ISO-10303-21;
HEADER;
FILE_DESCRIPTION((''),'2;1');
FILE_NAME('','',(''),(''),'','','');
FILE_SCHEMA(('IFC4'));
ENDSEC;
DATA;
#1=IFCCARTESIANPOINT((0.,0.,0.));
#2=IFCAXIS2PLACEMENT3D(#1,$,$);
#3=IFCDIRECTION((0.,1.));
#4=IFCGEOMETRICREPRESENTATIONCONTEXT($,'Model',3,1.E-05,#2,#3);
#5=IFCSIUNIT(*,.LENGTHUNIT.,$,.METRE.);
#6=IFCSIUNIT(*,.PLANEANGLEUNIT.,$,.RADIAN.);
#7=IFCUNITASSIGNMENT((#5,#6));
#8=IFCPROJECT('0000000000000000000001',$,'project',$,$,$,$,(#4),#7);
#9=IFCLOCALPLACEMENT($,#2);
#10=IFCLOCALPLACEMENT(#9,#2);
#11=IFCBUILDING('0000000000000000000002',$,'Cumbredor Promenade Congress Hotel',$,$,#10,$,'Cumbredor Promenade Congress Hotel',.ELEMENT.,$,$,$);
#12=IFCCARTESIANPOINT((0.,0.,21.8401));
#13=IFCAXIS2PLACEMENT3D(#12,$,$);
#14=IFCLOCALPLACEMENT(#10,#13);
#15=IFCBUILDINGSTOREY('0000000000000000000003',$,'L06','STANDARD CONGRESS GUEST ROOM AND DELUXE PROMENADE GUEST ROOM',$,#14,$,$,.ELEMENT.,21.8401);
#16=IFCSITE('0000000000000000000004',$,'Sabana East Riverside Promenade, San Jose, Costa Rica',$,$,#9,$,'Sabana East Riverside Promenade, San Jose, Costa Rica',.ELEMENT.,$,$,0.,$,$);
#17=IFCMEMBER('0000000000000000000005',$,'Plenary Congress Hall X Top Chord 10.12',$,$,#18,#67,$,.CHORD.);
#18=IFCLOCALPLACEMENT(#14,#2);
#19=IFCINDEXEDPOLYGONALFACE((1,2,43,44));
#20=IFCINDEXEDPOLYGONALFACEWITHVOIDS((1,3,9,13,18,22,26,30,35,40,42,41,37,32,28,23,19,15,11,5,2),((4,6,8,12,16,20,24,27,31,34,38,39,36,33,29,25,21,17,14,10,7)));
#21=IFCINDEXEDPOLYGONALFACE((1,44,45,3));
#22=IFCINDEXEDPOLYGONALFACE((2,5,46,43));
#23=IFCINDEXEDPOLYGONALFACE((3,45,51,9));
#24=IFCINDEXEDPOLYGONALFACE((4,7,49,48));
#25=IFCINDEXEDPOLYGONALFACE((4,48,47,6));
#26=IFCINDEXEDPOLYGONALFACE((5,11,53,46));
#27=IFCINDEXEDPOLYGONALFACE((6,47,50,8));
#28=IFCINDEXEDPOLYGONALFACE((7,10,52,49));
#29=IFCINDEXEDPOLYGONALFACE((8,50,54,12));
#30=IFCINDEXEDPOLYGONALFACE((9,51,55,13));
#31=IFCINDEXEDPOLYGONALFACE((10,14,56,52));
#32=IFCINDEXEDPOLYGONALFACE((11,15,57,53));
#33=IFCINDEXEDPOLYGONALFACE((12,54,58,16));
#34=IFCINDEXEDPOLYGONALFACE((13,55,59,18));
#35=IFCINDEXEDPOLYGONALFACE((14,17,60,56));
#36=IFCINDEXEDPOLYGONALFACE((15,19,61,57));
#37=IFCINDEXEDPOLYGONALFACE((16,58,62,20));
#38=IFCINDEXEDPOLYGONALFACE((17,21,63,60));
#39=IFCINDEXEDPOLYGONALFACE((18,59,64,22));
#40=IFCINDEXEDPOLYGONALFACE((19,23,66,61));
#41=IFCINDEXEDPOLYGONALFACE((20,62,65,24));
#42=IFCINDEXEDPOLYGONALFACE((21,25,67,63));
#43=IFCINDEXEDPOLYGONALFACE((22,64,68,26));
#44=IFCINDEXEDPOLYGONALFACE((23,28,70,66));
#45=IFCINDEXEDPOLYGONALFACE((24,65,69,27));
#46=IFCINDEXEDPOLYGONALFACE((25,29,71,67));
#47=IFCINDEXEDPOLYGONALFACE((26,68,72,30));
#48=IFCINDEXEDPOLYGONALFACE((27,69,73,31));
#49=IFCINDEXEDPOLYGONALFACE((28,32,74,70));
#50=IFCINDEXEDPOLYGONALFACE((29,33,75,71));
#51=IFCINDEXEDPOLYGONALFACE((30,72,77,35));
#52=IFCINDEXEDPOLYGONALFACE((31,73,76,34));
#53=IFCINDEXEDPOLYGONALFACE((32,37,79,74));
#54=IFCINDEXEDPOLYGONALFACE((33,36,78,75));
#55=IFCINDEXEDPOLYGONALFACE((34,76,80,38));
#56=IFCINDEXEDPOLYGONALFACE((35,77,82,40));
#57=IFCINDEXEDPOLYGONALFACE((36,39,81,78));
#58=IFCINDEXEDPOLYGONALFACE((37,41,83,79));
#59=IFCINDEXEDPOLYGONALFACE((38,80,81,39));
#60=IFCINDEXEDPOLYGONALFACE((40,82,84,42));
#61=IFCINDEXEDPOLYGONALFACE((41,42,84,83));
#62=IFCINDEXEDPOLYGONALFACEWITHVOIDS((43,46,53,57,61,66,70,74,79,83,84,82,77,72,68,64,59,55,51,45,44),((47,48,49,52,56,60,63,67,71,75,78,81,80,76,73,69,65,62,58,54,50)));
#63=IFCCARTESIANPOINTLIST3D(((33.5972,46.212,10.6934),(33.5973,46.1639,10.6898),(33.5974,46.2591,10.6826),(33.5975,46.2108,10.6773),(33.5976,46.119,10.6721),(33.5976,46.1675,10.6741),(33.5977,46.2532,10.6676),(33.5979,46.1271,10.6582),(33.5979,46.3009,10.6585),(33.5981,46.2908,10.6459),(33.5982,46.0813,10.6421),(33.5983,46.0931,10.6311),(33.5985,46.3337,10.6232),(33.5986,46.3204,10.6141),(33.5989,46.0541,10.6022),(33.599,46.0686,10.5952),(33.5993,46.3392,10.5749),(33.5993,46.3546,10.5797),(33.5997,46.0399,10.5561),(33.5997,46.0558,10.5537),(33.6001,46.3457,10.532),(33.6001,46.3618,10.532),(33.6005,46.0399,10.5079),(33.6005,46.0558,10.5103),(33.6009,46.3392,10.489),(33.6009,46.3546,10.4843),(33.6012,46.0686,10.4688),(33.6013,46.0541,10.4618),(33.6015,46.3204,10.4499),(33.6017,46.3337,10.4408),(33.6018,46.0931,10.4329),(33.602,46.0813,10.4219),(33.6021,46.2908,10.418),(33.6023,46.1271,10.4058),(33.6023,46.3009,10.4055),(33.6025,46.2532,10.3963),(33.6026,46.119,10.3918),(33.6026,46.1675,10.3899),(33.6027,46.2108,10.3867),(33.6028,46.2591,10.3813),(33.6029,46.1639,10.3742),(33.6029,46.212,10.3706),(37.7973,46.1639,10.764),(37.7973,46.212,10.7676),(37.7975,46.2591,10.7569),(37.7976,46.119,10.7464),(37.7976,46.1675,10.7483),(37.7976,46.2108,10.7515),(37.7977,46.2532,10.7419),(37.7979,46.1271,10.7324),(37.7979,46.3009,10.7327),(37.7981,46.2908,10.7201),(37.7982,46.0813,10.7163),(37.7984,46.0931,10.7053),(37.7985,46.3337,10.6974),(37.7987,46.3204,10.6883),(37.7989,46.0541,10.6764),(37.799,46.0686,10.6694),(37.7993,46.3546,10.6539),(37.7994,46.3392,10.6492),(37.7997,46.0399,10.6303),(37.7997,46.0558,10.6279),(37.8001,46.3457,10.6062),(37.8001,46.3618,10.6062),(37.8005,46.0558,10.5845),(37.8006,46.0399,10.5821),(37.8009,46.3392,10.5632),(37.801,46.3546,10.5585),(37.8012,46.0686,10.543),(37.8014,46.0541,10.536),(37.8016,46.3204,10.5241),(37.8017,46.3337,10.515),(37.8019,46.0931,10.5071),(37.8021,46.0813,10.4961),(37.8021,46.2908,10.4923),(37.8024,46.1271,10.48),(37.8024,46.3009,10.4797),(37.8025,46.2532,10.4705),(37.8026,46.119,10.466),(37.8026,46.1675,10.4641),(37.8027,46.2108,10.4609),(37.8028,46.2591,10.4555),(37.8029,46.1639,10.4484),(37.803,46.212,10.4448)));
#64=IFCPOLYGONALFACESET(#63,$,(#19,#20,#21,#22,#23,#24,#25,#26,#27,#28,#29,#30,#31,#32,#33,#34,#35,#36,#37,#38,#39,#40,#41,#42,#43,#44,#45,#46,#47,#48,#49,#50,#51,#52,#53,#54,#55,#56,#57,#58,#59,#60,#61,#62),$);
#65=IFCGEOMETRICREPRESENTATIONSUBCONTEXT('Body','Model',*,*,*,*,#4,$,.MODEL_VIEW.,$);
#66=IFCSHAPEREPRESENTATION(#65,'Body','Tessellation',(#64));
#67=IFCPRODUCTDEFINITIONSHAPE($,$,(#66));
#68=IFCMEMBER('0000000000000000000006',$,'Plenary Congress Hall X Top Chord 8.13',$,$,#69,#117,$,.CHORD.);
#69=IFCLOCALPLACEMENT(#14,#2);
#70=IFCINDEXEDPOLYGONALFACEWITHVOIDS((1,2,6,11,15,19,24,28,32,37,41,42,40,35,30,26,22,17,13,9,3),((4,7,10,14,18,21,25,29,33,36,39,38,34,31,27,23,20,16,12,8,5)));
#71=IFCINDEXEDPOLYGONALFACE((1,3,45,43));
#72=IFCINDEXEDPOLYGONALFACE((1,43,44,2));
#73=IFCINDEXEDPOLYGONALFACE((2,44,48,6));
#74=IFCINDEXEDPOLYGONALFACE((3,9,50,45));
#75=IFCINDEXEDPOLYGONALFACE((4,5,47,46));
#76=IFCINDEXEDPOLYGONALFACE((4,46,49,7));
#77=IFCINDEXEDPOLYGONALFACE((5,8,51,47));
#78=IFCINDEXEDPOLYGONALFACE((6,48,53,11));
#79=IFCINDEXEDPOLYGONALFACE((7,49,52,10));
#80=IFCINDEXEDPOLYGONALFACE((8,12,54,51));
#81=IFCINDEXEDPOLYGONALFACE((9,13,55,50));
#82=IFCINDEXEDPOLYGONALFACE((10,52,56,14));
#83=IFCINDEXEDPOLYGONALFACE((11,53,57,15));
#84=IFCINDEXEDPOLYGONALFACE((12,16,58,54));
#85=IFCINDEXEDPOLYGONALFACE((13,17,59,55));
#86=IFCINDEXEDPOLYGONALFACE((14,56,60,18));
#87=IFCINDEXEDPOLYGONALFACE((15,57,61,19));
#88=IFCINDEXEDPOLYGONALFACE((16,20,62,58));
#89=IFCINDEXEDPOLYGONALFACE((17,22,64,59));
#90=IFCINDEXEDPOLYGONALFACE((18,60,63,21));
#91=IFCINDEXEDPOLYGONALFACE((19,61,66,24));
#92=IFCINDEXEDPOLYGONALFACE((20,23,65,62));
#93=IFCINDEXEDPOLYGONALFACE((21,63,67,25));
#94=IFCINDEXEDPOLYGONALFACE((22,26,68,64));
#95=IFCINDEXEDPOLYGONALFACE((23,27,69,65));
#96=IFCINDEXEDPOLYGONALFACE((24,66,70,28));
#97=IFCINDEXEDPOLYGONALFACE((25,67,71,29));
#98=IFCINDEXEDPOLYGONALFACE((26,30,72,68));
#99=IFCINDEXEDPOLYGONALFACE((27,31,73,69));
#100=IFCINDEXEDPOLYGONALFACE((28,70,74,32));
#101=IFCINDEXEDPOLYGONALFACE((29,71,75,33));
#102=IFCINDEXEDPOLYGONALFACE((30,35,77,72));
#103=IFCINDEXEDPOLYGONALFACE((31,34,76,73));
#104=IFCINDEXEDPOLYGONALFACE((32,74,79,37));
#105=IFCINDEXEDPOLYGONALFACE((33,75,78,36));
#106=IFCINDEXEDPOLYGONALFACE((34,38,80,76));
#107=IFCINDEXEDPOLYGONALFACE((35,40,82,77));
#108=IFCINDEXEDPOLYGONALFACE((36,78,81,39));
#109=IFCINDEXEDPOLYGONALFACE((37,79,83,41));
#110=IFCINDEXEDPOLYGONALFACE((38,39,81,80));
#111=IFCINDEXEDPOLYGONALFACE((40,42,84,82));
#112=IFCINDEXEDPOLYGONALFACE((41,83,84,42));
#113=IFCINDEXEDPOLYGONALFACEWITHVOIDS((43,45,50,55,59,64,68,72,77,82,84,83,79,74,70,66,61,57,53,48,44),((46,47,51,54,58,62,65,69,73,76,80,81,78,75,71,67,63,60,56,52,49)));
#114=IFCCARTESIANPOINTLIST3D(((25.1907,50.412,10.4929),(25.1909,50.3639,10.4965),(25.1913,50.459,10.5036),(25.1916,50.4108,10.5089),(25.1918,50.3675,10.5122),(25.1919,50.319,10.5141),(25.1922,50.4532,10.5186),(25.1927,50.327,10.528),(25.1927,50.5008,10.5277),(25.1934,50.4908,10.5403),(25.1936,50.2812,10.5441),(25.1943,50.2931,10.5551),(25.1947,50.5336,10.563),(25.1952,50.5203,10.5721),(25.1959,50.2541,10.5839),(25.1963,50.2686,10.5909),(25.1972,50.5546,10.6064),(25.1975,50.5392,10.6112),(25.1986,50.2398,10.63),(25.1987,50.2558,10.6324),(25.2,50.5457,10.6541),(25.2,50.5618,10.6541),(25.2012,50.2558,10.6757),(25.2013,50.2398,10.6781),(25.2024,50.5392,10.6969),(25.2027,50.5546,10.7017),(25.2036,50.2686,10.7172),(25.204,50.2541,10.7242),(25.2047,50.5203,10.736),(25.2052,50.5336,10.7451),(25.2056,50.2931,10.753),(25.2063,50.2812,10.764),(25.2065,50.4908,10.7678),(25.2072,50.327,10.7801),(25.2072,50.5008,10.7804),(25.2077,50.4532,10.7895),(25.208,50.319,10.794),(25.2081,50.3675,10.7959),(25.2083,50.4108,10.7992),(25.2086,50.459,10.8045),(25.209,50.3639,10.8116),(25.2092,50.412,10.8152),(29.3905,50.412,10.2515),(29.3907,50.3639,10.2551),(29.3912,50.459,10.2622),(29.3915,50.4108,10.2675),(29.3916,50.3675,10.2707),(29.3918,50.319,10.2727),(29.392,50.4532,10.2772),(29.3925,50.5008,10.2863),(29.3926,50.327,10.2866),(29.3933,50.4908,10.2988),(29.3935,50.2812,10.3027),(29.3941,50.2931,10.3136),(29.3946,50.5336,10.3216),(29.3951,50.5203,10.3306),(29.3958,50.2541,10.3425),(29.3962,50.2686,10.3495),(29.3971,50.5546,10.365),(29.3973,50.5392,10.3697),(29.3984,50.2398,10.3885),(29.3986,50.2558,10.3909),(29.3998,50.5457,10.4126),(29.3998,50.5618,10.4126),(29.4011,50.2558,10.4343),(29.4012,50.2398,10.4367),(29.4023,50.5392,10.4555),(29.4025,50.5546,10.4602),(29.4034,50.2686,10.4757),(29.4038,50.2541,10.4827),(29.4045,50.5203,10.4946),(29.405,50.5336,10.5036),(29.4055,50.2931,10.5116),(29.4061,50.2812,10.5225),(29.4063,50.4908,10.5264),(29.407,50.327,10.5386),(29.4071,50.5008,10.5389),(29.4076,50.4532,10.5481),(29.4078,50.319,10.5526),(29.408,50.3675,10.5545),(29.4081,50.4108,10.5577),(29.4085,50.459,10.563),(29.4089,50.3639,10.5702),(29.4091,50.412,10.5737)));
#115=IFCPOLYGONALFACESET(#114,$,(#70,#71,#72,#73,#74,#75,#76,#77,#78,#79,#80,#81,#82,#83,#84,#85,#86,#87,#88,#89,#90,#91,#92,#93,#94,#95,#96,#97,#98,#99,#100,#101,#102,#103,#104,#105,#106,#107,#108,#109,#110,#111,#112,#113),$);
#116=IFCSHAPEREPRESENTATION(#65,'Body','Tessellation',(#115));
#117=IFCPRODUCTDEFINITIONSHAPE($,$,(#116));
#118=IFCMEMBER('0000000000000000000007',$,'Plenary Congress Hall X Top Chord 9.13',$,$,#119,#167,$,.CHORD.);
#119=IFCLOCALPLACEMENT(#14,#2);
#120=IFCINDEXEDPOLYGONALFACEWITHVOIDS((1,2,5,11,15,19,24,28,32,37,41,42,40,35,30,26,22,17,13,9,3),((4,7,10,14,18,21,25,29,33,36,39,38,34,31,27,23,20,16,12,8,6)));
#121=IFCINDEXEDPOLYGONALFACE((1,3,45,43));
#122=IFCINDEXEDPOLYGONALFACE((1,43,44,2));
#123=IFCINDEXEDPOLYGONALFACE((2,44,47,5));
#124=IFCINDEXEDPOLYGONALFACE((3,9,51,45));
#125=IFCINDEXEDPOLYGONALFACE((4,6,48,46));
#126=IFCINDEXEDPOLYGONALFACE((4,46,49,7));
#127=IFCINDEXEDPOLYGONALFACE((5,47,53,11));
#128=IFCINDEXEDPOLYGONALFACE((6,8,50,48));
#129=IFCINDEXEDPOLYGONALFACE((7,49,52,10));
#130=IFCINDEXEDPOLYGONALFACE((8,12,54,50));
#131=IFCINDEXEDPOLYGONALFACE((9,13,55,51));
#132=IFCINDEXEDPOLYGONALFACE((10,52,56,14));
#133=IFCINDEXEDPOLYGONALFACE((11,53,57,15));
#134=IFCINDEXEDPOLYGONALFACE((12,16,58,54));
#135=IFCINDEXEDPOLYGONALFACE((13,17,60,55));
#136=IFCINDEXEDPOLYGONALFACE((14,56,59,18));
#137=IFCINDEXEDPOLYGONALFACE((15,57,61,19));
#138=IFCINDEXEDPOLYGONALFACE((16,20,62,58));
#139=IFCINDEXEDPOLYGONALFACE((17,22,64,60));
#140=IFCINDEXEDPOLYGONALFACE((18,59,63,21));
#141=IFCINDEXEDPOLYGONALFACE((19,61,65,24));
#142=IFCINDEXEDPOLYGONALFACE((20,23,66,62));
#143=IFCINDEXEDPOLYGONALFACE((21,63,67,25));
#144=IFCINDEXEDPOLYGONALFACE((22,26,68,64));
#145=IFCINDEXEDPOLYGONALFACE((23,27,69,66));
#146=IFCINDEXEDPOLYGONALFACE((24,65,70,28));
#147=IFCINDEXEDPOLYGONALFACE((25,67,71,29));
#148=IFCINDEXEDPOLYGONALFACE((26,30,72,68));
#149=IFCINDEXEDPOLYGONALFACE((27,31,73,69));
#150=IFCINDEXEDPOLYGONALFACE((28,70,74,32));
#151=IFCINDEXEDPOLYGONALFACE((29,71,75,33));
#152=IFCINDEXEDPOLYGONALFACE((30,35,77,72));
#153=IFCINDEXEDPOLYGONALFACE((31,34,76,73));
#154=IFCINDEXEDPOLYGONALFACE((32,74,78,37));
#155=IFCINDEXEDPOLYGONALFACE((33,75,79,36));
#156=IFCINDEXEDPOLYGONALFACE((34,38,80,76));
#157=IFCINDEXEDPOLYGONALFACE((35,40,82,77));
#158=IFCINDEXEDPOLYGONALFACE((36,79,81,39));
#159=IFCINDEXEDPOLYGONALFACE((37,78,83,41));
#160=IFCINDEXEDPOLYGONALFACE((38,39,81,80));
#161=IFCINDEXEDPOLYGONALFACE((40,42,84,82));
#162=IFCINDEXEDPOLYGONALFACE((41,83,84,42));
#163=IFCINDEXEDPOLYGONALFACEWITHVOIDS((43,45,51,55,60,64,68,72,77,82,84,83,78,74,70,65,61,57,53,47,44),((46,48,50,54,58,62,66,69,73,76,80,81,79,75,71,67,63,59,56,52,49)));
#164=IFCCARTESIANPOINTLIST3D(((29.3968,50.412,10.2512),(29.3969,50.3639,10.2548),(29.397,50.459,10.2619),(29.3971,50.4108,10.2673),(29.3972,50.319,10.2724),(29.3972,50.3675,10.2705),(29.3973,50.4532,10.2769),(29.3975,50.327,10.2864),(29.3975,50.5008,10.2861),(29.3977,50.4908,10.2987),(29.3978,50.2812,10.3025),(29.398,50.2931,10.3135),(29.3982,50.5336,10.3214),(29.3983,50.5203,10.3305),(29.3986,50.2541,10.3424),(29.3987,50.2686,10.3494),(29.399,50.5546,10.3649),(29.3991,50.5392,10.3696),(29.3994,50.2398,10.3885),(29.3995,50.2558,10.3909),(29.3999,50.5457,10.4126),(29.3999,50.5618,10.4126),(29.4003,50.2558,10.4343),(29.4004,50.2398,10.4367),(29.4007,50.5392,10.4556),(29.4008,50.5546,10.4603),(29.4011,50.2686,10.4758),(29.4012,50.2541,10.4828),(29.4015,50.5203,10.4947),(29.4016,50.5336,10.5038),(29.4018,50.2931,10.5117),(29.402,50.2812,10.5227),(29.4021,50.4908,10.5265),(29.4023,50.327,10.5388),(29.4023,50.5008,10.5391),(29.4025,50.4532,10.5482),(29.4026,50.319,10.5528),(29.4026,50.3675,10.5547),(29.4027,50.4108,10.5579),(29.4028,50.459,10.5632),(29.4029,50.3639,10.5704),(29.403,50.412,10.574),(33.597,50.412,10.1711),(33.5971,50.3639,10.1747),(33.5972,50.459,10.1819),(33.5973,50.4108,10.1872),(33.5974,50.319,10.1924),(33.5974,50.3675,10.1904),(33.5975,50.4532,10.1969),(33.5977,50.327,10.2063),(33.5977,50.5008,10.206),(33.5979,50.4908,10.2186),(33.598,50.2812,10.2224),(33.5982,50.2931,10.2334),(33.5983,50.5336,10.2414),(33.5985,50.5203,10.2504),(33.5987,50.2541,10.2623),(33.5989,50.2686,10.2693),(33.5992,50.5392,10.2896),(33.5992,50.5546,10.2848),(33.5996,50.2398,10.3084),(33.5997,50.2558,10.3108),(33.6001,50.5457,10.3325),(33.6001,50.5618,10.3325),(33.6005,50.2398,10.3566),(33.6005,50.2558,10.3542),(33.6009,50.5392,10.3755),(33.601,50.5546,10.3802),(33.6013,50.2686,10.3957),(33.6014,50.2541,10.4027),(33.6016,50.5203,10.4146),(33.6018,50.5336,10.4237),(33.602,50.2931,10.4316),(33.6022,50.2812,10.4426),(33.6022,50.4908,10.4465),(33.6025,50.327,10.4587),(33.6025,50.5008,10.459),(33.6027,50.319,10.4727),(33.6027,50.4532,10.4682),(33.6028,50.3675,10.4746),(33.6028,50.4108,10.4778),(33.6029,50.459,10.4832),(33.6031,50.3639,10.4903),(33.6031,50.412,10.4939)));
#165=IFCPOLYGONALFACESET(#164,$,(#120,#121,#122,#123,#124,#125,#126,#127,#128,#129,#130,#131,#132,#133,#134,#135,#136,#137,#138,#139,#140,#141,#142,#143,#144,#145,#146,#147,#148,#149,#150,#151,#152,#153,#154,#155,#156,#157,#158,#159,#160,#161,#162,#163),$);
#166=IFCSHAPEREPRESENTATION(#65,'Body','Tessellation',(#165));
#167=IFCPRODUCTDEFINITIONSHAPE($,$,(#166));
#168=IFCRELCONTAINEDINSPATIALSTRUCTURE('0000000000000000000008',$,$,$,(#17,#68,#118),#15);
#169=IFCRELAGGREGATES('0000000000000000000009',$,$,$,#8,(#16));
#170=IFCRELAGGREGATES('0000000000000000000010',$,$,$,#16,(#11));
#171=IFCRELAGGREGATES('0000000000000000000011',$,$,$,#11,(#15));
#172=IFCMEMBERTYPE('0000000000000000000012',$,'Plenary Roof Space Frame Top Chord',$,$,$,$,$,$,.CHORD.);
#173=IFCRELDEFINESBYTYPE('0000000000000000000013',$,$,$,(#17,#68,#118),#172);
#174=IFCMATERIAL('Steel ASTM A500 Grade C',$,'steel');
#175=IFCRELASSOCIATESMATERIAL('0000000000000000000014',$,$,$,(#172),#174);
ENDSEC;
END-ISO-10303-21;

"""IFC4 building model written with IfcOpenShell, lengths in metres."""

from ifc_helpers import new_model, si_unit, direction, frame, origin, origin_2d, place, context, subcontext, project, spatial, hollow_circle, extrude, material, material_profile, profile_set, type_object, element, save


model = new_model("IFC4")

# Units and contexts
model_context = context("Model", 3, precision=1e-05, world=origin(), true_north=direction((0.0, 1.0)))
body_context = subcontext(model_context, "Body", "Model", "MODEL_VIEW")
ifc_project = project(units=[si_unit("LENGTHUNIT", "METRE"), si_unit("PLANEANGLEUNIT", "RADIAN")], contexts=[model_context])

# Site, building, storey
site_placement = place(None, origin())
site = spatial("IfcSite", under=ifc_project, at=site_placement, Name="Sabana East Riverside Promenade, San Jose, Costa Rica", LongName="Sabana East Riverside Promenade, San Jose, Costa Rica", CompositionType="ELEMENT", RefElevation=0.0)
building_placement = place(site_placement, origin())
building = spatial("IfcBuilding", under=site, at=building_placement, Name="Cumbredor Promenade Congress Hotel", LongName="Cumbredor Promenade Congress Hotel", CompositionType="ELEMENT")
storey_placement = place(building_placement, frame((0.0, 0.0, 21.8401)))
storey = spatial("IfcBuildingStorey", under=building, at=storey_placement, Name="L06", Description="STANDARD CONGRESS GUEST ROOM AND DELUXE PROMENADE GUEST ROOM", CompositionType="ELEMENT", Elevation=21.8401)

# Members
ifc_material_1 = material(Name="Steel ASTM A500 Grade C", Category="steel")
ifc_material_profile_1 = material_profile(ifc_material_1, hollow_circle(Radius=0.1619, WallThickness=0.0161, at=origin_2d()), Name="CHS 323.9x16")
ifc_profile_set_1 = profile_set([ifc_material_profile_1], Name="Steel ASTM A500 Grade C")
member_type_1 = type_object("IfcMemberType", Name="Plenary Roof Space Frame Top Chord", PredefinedType="CHORD", material=ifc_profile_set_1)
member_1_placement = place(storey_placement, frame((33.6001, 46.2, 10.532), z_axis=(0.999844, 0.0, 0.017669), x_axis=(0.0, 1.0, 0.0)))
element("IfcMember", 1, at=member_1_placement, inside=storey, type_object=member_type_1, Name="Plenary Congress Hall X Top Chord 10.12", PredefinedType="CHORD", context=body_context, shape_type="SweptSolid", body=[
    extrude(hollow_circle(Radius=0.1619, WallThickness=0.0161, at=origin_2d()), origin(), (0.0, 0.0, 1.0), 4.2007),
])
member_2_placement = place(storey_placement, frame((25.2, 50.3999, 10.6541), z_axis=(0.998352, 0.0, -0.057395), x_axis=(0.0, 1.0, 0.0)))
element("IfcMember", 2, at=member_2_placement, inside=storey, type_object=member_type_1, Name="Plenary Congress Hall X Top Chord 8.13", PredefinedType="CHORD", context=body_context, shape_type="SweptSolid", body=[
    extrude(hollow_circle(Radius=0.1619, WallThickness=0.0161, at=origin_2d()), origin(), (0.0, 0.0, 1.0), 4.2068),
])
member_3_placement = place(storey_placement, frame((29.3999, 50.3999, 10.4126), z_axis=(0.999818, 0.0, -0.019062), x_axis=(0.0, 1.0, 0.0)))
element("IfcMember", 3, at=member_3_placement, inside=storey, type_object=member_type_1, Name="Plenary Congress Hall X Top Chord 9.13", PredefinedType="CHORD", context=body_context, shape_type="SweptSolid", body=[
    extrude(hollow_circle(Radius=0.1619, WallThickness=0.0161, at=origin_2d()), origin(), (0.0, 0.0, 1.0), 4.2009),
])

save(model, "model.ifc")
